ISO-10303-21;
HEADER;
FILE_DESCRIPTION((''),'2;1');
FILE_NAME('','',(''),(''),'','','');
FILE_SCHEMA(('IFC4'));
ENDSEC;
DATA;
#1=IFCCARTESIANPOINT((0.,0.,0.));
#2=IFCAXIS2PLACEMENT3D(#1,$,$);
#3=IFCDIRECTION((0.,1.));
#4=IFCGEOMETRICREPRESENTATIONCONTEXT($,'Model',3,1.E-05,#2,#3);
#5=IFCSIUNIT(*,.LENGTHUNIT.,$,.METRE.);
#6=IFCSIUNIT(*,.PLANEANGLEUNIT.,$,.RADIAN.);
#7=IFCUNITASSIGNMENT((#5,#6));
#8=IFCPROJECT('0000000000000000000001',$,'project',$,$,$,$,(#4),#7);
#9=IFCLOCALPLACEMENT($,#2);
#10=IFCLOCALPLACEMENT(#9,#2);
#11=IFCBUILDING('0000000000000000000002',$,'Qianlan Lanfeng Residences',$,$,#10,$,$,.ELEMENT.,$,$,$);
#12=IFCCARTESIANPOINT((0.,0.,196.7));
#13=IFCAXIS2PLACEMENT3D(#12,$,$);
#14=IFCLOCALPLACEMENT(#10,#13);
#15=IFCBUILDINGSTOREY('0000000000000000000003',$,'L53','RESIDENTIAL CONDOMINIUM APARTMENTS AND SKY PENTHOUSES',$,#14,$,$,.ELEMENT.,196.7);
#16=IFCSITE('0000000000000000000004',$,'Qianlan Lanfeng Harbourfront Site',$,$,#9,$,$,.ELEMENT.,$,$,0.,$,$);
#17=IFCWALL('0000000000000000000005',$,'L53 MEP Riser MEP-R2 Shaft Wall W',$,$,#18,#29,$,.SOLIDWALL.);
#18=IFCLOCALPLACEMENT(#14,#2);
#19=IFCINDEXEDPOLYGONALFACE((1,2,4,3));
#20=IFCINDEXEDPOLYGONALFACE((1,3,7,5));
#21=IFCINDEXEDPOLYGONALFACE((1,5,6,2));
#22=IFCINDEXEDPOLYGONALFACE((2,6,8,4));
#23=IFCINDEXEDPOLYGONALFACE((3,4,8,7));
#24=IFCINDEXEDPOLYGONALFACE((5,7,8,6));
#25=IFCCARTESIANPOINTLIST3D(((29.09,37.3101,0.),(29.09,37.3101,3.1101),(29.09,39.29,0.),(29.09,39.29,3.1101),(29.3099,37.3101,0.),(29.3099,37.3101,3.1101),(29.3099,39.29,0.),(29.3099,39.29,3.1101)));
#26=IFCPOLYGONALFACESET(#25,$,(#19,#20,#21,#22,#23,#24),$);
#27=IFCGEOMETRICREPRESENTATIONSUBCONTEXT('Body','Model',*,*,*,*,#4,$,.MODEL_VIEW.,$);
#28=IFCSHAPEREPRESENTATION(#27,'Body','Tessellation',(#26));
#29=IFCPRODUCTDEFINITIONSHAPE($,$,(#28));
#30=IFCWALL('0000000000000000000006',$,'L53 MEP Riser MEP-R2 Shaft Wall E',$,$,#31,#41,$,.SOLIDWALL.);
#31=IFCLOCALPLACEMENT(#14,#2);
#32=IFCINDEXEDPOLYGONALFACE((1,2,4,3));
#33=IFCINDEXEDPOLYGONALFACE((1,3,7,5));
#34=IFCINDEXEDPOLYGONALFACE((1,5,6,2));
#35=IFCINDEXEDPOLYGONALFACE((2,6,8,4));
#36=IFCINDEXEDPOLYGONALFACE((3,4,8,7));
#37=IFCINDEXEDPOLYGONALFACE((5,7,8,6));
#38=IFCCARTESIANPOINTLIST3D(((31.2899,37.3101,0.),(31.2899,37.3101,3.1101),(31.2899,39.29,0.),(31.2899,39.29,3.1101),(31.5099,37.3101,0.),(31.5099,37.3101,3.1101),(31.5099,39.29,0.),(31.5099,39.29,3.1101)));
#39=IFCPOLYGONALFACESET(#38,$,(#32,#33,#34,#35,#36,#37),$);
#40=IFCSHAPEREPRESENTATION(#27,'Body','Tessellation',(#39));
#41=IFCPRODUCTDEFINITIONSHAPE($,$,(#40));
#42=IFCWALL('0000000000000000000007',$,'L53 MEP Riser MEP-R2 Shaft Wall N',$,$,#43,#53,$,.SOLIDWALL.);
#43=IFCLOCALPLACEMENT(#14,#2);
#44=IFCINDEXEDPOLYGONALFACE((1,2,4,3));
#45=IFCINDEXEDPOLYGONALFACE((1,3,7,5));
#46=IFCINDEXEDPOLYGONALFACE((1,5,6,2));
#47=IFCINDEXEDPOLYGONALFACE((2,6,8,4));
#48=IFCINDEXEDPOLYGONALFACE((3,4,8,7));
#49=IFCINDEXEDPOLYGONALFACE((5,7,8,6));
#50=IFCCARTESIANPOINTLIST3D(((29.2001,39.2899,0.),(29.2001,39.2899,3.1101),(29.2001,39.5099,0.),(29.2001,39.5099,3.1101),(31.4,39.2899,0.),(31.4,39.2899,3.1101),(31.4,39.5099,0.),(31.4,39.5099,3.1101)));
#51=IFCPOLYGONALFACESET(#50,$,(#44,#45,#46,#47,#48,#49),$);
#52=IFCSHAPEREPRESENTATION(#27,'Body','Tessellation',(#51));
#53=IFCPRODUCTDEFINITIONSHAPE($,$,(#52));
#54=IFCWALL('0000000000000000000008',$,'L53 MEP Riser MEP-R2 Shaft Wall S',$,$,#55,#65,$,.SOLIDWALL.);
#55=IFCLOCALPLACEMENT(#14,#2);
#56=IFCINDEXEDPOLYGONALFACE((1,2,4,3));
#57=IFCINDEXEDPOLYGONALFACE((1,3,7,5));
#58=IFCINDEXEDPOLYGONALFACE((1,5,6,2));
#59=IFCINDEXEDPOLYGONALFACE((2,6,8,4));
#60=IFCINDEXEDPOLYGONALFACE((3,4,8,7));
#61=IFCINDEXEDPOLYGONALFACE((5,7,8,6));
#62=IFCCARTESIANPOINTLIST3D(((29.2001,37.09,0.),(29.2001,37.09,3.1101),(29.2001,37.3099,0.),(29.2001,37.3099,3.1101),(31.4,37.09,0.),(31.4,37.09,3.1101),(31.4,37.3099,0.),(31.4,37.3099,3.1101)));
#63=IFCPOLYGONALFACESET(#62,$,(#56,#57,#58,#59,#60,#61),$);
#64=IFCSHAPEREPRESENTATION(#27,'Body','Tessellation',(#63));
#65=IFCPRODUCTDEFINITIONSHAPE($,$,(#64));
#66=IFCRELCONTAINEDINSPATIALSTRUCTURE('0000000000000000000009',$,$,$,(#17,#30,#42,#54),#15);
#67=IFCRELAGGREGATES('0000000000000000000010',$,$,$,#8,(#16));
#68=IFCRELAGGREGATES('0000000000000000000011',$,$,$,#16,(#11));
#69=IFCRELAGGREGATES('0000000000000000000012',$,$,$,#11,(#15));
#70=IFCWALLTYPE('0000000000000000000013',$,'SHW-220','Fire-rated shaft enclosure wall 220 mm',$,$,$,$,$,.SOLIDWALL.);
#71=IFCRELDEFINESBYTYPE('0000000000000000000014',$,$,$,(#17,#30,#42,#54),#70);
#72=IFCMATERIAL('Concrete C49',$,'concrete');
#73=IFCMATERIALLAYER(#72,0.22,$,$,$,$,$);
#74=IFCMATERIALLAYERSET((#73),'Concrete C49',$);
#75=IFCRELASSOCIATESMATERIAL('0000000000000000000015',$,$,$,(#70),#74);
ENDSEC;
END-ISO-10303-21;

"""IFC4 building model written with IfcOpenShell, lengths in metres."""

from ifc_helpers import new_model, si_unit, direction, frame, frame_2d, origin, place, context, subcontext, project, spatial, rectangle, extrude, material, layer, layer_set, type_object, element, save


model = new_model("IFC4")

# Units and contexts
model_context = context("Model", 3, precision=1e-05, world=origin(), true_north=direction((0.0, 1.0)))
body_context = subcontext(model_context, "Body", "Model", "MODEL_VIEW")
ifc_project = project(units=[si_unit("LENGTHUNIT", "METRE"), si_unit("PLANEANGLEUNIT", "RADIAN")], contexts=[model_context])

# Site, building, storey
site_placement = place(None, origin())
site = spatial("IfcSite", under=ifc_project, at=site_placement, Name="Qianlan Lanfeng Harbourfront Site", CompositionType="ELEMENT", RefElevation=0.0)
building_placement = place(site_placement, origin())
building = spatial("IfcBuilding", under=site, at=building_placement, Name="Qianlan Lanfeng Residences", CompositionType="ELEMENT")
storey_placement = place(building_placement, frame((0.0, 0.0, 196.7)))
storey = spatial("IfcBuildingStorey", under=building, at=storey_placement, Name="L53", Description="RESIDENTIAL CONDOMINIUM APARTMENTS AND SKY PENTHOUSES", CompositionType="ELEMENT", Elevation=196.7)

# Walls
ifc_material_1 = material(Name="Concrete C49", Category="concrete")
ifc_layer_1 = layer(ifc_material_1, 0.22)
ifc_layer_set_1 = layer_set([ifc_layer_1], Name="Concrete C49")
wall_type_1 = type_object("IfcWallType", Name="SHW-220", Description="Fire-rated shaft enclosure wall 220 mm", PredefinedType="SOLIDWALL", material=ifc_layer_set_1)
for number, where, z_axis, x_axis, name in (
    (1, (29.2, 37.3101, 0.0), (0.0, 0.0, 1.0), (0.0, 1.0, 0.0), "L53 MEP Riser MEP-R2 Shaft Wall W"),
    (2, (31.3999, 37.3101, 0.0), (0.0, 0.0, 1.0), (0.0, 1.0, 0.0), "L53 MEP Riser MEP-R2 Shaft Wall E"),
):
    element("IfcWall", number, at=place(storey_placement, frame(where, z_axis=z_axis, x_axis=x_axis)), inside=storey, type_object=wall_type_1, Name=name, PredefinedType="SOLIDWALL", context=body_context, shape_type="SweptSolid", body=[
        extrude(rectangle(XDim=1.98, YDim=0.22, at=frame_2d((0.99, 0.0))), origin(), (0.0, 0.0, 1.0), 3.1101),
    ])
for number, where, z_axis, x_axis, name in (
    (3, (29.2, 39.3999, 0.0), (0.0, 0.0, 1.0), (1.0, 0.0, 0.0), "L53 MEP Riser MEP-R2 Shaft Wall N"),
    (4, (29.2, 37.2, 0.0), (0.0, 0.0, 1.0), (1.0, 0.0, 0.0), "L53 MEP Riser MEP-R2 Shaft Wall S"),
):
    element("IfcWall", number, at=place(storey_placement, frame(where, z_axis=z_axis, x_axis=x_axis)), inside=storey, type_object=wall_type_1, Name=name, PredefinedType="SOLIDWALL", context=body_context, shape_type="SweptSolid", body=[
        extrude(rectangle(XDim=2.2, YDim=0.22, at=frame_2d((1.1001, 0.0))), origin(), (0.0, 0.0, 1.0), 3.1101),
    ])

save(model, "model.ifc")
